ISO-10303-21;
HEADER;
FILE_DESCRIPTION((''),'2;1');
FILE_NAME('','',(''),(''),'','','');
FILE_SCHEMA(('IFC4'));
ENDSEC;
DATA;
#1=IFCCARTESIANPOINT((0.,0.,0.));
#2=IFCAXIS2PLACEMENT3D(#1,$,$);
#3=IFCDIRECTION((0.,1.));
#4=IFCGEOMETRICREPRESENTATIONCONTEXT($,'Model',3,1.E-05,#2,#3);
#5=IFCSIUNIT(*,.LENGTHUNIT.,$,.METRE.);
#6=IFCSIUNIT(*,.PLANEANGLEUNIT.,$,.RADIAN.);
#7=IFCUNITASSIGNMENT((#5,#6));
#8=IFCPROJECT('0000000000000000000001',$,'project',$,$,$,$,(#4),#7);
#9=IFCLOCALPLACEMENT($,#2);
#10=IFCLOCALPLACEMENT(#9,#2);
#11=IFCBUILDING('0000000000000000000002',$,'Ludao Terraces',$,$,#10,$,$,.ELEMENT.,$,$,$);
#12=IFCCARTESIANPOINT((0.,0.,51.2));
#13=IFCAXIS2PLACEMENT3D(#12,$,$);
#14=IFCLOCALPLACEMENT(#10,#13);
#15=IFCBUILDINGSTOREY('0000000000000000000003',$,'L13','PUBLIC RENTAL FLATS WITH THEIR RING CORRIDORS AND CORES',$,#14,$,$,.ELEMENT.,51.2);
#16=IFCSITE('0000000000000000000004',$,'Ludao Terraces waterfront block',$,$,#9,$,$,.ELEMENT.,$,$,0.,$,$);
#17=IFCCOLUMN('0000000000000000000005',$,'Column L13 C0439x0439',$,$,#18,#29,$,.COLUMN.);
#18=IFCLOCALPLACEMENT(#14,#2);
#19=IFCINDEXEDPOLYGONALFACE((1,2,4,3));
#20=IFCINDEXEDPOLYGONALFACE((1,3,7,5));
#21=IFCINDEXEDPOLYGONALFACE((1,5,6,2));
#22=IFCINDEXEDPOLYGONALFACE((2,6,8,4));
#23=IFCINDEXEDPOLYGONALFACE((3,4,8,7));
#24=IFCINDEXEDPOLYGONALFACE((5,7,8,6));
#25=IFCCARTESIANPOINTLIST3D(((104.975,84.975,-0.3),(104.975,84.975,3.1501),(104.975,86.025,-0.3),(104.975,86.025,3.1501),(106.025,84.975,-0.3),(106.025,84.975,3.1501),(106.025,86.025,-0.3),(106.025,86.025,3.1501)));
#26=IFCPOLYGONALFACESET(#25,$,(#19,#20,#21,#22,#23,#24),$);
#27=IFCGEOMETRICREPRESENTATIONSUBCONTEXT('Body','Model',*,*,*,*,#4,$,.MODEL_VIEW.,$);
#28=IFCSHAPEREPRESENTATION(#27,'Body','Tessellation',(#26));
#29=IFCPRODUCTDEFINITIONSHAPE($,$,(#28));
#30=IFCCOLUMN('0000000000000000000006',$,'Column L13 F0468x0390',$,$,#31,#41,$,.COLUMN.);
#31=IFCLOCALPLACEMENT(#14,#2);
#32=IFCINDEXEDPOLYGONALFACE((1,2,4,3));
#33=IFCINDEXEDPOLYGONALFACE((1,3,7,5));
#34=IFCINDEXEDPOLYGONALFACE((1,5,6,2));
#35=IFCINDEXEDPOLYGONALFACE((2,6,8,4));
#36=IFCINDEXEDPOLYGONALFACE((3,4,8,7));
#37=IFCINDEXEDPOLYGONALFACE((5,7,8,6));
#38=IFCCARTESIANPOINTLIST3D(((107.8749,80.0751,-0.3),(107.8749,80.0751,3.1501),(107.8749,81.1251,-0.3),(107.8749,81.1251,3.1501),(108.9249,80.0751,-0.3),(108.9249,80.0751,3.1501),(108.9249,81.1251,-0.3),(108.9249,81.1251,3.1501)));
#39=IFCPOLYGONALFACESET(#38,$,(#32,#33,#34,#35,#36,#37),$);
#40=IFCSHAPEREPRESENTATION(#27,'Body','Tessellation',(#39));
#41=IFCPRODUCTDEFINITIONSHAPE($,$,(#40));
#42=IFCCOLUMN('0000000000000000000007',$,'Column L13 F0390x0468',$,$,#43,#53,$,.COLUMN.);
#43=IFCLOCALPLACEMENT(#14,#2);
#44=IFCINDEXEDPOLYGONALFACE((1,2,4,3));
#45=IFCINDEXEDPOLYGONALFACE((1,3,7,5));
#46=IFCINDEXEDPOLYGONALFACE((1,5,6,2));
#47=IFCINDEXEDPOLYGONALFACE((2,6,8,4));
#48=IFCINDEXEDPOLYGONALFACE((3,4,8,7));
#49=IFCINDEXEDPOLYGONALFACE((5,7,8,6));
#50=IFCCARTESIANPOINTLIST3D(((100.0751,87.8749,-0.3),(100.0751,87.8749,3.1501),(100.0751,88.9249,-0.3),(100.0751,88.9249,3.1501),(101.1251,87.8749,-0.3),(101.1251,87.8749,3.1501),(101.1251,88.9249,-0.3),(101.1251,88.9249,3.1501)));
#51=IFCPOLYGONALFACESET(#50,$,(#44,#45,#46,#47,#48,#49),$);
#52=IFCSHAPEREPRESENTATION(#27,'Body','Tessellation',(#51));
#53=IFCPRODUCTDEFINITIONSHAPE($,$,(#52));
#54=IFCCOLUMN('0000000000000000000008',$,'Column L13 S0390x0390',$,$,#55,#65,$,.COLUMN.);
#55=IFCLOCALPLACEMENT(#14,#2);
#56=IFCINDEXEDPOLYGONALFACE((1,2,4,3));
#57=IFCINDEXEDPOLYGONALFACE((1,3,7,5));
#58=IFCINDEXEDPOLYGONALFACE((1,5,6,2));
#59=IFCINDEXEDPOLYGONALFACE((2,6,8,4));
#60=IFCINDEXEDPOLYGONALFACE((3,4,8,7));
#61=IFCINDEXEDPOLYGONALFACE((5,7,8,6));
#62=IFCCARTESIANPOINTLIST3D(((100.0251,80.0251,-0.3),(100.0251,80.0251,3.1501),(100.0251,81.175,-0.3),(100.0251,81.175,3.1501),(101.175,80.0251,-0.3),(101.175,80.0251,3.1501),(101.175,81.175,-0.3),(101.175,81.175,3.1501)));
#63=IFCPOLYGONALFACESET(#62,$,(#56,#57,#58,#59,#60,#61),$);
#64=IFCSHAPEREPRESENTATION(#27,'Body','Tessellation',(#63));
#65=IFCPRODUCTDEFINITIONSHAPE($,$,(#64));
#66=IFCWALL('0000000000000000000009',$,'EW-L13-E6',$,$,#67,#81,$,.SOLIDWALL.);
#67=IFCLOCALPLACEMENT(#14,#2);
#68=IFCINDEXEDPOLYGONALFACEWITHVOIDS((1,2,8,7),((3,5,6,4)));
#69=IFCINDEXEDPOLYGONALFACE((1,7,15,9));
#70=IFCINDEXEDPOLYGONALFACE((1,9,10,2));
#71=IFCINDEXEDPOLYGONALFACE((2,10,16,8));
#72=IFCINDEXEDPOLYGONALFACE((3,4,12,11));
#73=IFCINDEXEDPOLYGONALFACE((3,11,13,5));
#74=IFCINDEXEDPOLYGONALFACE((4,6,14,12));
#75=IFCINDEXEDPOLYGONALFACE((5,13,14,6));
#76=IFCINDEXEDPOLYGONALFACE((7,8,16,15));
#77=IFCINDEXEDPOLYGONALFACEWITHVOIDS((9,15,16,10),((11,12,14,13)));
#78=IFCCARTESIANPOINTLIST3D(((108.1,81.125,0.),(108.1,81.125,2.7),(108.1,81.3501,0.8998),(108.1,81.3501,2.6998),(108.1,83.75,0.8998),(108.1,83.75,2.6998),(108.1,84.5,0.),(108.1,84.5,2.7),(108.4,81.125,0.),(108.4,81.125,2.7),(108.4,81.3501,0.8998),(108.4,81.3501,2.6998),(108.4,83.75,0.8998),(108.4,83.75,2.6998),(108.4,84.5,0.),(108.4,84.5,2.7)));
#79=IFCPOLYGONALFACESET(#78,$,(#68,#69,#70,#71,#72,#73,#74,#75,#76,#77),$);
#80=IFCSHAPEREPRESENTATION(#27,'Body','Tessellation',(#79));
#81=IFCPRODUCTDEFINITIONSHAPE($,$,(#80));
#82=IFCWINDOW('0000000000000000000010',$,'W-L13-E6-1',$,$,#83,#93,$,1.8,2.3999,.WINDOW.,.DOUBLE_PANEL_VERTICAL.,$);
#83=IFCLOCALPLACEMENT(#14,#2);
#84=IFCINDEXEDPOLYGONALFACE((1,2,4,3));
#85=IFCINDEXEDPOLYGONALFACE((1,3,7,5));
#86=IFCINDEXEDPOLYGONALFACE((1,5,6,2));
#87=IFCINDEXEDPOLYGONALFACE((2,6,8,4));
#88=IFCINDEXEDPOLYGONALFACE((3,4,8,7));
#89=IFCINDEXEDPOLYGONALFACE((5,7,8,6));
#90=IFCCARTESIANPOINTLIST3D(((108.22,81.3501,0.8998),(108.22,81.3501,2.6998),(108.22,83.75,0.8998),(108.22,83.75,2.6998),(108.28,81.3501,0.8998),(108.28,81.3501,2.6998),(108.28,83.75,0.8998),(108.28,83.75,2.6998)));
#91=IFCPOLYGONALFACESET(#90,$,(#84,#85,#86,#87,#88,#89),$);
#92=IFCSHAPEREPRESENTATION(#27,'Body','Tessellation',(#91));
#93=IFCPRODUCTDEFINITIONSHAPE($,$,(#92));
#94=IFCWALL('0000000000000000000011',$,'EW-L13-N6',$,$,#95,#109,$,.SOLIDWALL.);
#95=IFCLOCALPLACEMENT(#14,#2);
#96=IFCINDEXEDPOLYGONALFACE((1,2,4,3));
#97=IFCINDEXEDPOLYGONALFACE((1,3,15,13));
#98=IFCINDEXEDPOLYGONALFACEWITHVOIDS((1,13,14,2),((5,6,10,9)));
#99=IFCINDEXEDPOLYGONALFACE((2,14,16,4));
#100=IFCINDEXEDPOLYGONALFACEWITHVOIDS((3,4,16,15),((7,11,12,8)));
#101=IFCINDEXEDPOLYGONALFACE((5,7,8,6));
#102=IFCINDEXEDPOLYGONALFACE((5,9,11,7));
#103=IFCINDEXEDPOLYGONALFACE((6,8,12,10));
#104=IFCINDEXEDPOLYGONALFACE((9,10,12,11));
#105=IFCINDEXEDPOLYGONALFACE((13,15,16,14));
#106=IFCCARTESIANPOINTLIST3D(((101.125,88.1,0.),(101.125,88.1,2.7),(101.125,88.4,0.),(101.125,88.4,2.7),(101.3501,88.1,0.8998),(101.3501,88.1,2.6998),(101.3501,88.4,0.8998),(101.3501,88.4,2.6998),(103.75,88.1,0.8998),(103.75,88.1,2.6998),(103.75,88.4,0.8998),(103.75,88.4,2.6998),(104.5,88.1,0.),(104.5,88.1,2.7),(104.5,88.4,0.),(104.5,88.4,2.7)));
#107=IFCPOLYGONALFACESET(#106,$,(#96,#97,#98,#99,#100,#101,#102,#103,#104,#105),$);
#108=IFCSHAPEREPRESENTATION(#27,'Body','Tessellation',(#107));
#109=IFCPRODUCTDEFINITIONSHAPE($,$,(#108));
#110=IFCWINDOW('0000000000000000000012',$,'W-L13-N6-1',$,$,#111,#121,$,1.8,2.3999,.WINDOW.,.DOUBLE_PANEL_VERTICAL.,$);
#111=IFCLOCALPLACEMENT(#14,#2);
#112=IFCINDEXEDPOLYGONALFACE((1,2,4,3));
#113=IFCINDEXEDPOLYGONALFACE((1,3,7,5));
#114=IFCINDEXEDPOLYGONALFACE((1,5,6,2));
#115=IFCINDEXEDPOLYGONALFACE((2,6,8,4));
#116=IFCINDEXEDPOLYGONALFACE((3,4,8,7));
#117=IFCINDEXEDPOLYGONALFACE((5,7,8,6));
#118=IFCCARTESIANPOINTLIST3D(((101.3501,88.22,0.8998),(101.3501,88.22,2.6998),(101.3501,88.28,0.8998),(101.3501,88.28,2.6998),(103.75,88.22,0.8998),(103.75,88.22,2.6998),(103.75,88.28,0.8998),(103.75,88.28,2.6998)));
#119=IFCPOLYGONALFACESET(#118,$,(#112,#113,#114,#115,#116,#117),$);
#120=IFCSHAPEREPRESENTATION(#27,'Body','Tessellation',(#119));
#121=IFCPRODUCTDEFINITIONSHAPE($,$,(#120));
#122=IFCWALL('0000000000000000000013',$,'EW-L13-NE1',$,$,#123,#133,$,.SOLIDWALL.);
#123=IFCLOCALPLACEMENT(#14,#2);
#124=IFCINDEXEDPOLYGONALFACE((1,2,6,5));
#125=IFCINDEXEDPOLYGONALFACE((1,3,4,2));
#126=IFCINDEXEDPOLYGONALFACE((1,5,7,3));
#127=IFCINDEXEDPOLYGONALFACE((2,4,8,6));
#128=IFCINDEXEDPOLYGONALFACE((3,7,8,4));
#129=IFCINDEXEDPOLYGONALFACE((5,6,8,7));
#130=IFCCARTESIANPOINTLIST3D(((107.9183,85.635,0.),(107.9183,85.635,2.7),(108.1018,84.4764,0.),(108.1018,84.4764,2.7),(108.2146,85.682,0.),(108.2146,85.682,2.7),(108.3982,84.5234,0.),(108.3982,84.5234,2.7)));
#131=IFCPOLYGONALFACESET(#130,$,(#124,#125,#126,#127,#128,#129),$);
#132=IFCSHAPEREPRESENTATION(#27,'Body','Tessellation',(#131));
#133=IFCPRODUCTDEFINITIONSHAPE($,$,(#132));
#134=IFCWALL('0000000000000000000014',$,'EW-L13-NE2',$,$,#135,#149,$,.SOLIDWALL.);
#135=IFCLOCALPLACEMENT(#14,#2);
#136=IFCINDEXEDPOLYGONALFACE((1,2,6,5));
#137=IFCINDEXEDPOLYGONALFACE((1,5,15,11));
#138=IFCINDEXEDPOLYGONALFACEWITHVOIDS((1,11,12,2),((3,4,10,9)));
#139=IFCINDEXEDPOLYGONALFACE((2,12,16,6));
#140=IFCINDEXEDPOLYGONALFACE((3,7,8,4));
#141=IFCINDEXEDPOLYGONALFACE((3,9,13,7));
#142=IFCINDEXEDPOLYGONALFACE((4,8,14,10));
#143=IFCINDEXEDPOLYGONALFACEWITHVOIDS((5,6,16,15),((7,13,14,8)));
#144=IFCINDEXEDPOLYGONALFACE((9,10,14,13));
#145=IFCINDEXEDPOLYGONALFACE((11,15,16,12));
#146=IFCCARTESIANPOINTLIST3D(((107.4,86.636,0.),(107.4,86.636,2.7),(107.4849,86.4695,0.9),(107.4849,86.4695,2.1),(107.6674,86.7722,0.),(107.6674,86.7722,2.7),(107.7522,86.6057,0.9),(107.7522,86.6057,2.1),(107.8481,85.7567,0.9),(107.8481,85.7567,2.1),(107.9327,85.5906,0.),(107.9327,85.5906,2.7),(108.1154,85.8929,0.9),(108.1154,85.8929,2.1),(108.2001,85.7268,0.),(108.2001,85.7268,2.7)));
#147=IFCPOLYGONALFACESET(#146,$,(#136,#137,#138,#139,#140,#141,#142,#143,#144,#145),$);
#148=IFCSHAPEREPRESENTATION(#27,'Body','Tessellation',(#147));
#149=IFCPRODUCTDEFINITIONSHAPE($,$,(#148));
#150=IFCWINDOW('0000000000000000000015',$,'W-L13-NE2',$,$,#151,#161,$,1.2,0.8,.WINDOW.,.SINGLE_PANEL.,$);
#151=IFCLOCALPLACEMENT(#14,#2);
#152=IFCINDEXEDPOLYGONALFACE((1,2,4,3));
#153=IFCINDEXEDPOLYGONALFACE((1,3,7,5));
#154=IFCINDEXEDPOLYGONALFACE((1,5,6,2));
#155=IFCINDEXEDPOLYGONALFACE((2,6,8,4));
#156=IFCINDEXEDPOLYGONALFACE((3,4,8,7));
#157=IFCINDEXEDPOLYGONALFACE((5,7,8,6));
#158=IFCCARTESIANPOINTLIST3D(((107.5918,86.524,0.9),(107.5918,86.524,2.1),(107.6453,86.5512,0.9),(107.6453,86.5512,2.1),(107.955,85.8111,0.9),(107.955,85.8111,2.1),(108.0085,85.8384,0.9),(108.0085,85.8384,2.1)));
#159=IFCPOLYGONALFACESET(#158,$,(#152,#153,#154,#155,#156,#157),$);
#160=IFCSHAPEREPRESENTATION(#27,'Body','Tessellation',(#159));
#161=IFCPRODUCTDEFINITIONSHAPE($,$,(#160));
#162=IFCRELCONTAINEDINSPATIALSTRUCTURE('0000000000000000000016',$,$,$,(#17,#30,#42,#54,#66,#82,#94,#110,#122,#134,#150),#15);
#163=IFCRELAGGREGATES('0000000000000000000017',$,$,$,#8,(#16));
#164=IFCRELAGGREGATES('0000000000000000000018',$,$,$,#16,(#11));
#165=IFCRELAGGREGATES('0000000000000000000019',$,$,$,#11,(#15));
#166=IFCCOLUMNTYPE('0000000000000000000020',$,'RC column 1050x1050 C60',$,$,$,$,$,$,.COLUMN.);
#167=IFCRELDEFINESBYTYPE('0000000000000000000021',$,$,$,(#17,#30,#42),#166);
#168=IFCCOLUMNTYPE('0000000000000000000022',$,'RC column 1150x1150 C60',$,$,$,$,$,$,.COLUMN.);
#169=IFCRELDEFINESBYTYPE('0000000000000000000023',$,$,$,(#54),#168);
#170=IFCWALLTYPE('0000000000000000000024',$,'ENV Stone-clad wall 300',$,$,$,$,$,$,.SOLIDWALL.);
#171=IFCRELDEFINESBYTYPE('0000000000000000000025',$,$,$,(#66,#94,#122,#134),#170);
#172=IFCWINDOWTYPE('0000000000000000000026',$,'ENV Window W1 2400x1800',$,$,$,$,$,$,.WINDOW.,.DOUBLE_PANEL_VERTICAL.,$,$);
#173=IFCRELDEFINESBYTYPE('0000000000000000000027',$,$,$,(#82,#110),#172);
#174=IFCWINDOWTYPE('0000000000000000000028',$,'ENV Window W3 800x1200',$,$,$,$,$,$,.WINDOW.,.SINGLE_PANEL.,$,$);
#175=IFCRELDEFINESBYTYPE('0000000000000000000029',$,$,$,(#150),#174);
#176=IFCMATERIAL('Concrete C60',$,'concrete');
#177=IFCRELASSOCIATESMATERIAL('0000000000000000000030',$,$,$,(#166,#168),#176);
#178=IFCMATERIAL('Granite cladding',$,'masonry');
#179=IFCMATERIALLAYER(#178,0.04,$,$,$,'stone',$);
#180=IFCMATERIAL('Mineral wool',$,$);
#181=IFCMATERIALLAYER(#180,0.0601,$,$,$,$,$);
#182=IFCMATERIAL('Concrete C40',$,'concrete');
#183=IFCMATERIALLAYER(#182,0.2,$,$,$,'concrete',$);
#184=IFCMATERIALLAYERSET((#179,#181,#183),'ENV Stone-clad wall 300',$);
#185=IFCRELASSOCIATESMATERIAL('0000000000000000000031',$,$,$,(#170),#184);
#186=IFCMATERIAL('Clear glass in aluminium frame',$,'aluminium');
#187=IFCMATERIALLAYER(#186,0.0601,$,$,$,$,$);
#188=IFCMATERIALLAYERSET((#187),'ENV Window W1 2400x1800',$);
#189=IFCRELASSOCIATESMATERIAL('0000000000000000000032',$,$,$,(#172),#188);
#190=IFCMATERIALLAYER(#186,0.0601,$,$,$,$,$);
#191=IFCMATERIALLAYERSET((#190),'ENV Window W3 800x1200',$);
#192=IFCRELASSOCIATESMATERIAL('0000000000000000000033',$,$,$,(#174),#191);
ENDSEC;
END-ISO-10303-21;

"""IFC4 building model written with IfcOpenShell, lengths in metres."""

from ifc_helpers import new_model, si_unit, direction, frame, frame_2d, origin, origin_2d, place, context, subcontext, project, spatial, rectangle, extrude, material, layer, layer_set, material_profile, profile_set, type_object, element, fill, save


model = new_model("IFC4")

# Units and contexts
model_context = context("Model", 3, precision=1e-05, world=origin(), true_north=direction((0.0, 1.0)))
body_context = subcontext(model_context, "Body", "Model", "MODEL_VIEW")
ifc_project = project(units=[si_unit("LENGTHUNIT", "METRE"), si_unit("PLANEANGLEUNIT", "RADIAN")], contexts=[model_context])

# Site, building, storey
site_placement = place(None, origin())
site = spatial("IfcSite", under=ifc_project, at=site_placement, Name="Ludao Terraces waterfront block", CompositionType="ELEMENT", RefElevation=0.0)
building_placement = place(site_placement, origin())
building = spatial("IfcBuilding", under=site, at=building_placement, Name="Ludao Terraces", CompositionType="ELEMENT")
storey_placement = place(building_placement, frame((0.0, 0.0, 51.2)))
storey = spatial("IfcBuildingStorey", under=building, at=storey_placement, Name="L13", Description="PUBLIC RENTAL FLATS WITH THEIR RING CORRIDORS AND CORES", CompositionType="ELEMENT", Elevation=51.2)

# Columns
ifc_material_1 = material(Name="Concrete C60", Category="concrete")
ifc_material_profile_1 = material_profile(ifc_material_1, rectangle(XDim=1.05, YDim=1.05, at=origin_2d()), Name="1050 X 1050")
ifc_profile_set_1 = profile_set([ifc_material_profile_1], Name="Concrete C60")
column_type_1 = type_object("IfcColumnType", Name="RC column 1050x1050 C60", PredefinedType="COLUMN", material=ifc_profile_set_1)
for number, where, z_axis, x_axis, name in (
    (1, (105.5, 85.5, -0.3), (0.0, 0.0, 1.0), (1.0, 0.0, 0.0), "Column L13 C0439x0439"),
    (2, (108.3999, 80.6001, -0.3), (0.0, 0.0, 1.0), (1.0, 0.0, 0.0), "Column L13 F0468x0390"),
    (3, (100.6001, 88.3999, -0.3), (0.0, 0.0, 1.0), (1.0, 0.0, 0.0), "Column L13 F0390x0468"),
):
    element("IfcColumn", number, at=place(storey_placement, frame(where, z_axis=z_axis, x_axis=x_axis)), inside=storey, type_object=column_type_1, Name=name, PredefinedType="COLUMN", context=body_context, shape_type="SweptSolid", body=[
        extrude(rectangle(XDim=1.05, YDim=1.05, at=origin_2d()), origin(), (0.0, 0.0, 1.0), 3.4502),
    ])
ifc_material_profile_2 = material_profile(ifc_material_1, rectangle(XDim=1.1499, YDim=1.1499, at=origin_2d()), Name="1150 X 1150")
ifc_profile_set_2 = profile_set([ifc_material_profile_2], Name="Concrete C60")
column_type_2 = type_object("IfcColumnType", Name="RC column 1150x1150 C60", PredefinedType="COLUMN", material=ifc_profile_set_2)
column_placement = place(storey_placement, frame((100.6001, 80.6001, -0.3), z_axis=(0.0, 0.0, 1.0), x_axis=(1.0, 0.0, 0.0)))
element("IfcColumn", 4, at=column_placement, inside=storey, type_object=column_type_2, Name="Column L13 S0390x0390", PredefinedType="COLUMN", context=body_context, shape_type="SweptSolid", body=[
    extrude(rectangle(XDim=1.1499, YDim=1.1499, at=origin_2d()), origin(), (0.0, 0.0, 1.0), 3.4502),
])

# Walls, openings, windows
ifc_material_2 = material(Name="Granite cladding", Category="masonry")
ifc_layer_1 = layer(ifc_material_2, 0.04, Category="stone")
ifc_material_3 = material(Name="Mineral wool")
ifc_layer_2 = layer(ifc_material_3, 0.0601)
ifc_material_4 = material(Name="Concrete C40", Category="concrete")
ifc_layer_3 = layer(ifc_material_4, 0.2, Category="concrete")
ifc_layer_set_1 = layer_set([ifc_layer_1, ifc_layer_2, ifc_layer_3], Name="ENV Stone-clad wall 300")
wall_type_1 = type_object("IfcWallType", Name="ENV Stone-clad wall 300", PredefinedType="SOLIDWALL", material=ifc_layer_set_1)
wall_1_placement = place(storey_placement, frame((108.25, 81.125, 0.0), z_axis=(0.0, 0.0, 1.0), x_axis=(0.0, 1.0, 0.0)))
wall_1 = element("IfcWall", 5, at=wall_1_placement, inside=storey, type_object=wall_type_1, Name="EW-L13-E6", PredefinedType="SOLIDWALL", context=body_context, shape_type="SweptSolid", body=[
    extrude(rectangle(XDim=3.375, YDim=0.3, at=frame_2d((1.6875, 0.0))), origin(), (0.0, 0.0, 1.0), 2.7),
])
opening_1_placement = place(wall_1_placement, frame((0.2251, 0.0, 0.8999)))
opening_1 = element("IfcOpeningElement", 6, at=opening_1_placement, cuts=wall_1, PredefinedType="OPENING", context=body_context, shape_type="SweptSolid", body=[
    extrude(rectangle(XDim=2.3999, YDim=1.8, at=frame_2d((1.2, 0.8999))), frame((0.0, 0.1602, 0.0), z_axis=(0.0, -1.0, 0.0), x_axis=(1.0, 0.0, 0.0)), (0.0, 0.0, 1.0), 0.3201),
])
ifc_material_5 = material(Name="Clear glass in aluminium frame", Category="aluminium")
ifc_layer_4 = layer(ifc_material_5, 0.0601)
ifc_layer_set_2 = layer_set([ifc_layer_4], Name="ENV Window W1 2400x1800")
window_type_1 = type_object("IfcWindowType", Name="ENV Window W1 2400x1800", PartitioningType="DOUBLE_PANEL_VERTICAL", PredefinedType="WINDOW", material=ifc_layer_set_2)
window_1_placement = place(opening_1_placement, origin())
window_1 = element("IfcWindow", 7, at=window_1_placement, inside=storey, type_object=window_type_1, Name="W-L13-E6-1", OverallHeight=1.8, OverallWidth=2.3999, PartitioningType="DOUBLE_PANEL_VERTICAL", PredefinedType="WINDOW", context=body_context, shape_type="SweptSolid", body=[
    extrude(rectangle(XDim=2.3999, YDim=1.8, at=frame_2d((1.2, 0.8999))), frame((0.0, 0.03, 0.0), z_axis=(0.0, -1.0, 0.0), x_axis=(1.0, 0.0, 0.0)), (0.0, 0.0, 1.0), 0.0601),
])
fill(opening_1, window_1)
wall_2_placement = place(storey_placement, frame((101.125, 88.25, 0.0), z_axis=(0.0, 0.0, 1.0), x_axis=(1.0, 0.0, 0.0)))
wall_2 = element("IfcWall", 8, at=wall_2_placement, inside=storey, type_object=wall_type_1, Name="EW-L13-N6", PredefinedType="SOLIDWALL", context=body_context, shape_type="SweptSolid", body=[
    extrude(rectangle(XDim=3.375, YDim=0.3, at=frame_2d((1.6875, 0.0))), origin(), (0.0, 0.0, 1.0), 2.7),
])
opening_2_placement = place(wall_2_placement, frame((0.2251, 0.0, 0.8999)))
opening_2 = element("IfcOpeningElement", 9, at=opening_2_placement, cuts=wall_2, PredefinedType="OPENING", context=body_context, shape_type="SweptSolid", body=[
    extrude(rectangle(XDim=2.3999, YDim=1.8, at=frame_2d((1.2, 0.8999))), frame((0.0, 0.1602, 0.0), z_axis=(0.0, -1.0, 0.0), x_axis=(1.0, 0.0, 0.0)), (0.0, 0.0, 1.0), 0.3201),
])
window_2_placement = place(opening_2_placement, origin())
window_2 = element("IfcWindow", 10, at=window_2_placement, inside=storey, type_object=window_type_1, Name="W-L13-N6-1", OverallHeight=1.8, OverallWidth=2.3999, PartitioningType="DOUBLE_PANEL_VERTICAL", PredefinedType="WINDOW", context=body_context, shape_type="SweptSolid", body=[
    extrude(rectangle(XDim=2.3999, YDim=1.8, at=frame_2d((1.2, 0.8999))), frame((0.0, 0.03, 0.0), z_axis=(0.0, -1.0, 0.0), x_axis=(1.0, 0.0, 0.0)), (0.0, 0.0, 1.0), 0.0601),
])
fill(opening_2, window_2)

# Wall
wall_3_placement = place(storey_placement, frame((108.25, 84.5, 0.0), z_axis=(0.0, 0.0, 1.0), x_axis=(-0.156497, 0.987678, 0.0)))
element("IfcWall", 11, at=wall_3_placement, inside=storey, type_object=wall_type_1, Name="EW-L13-NE1", PredefinedType="SOLIDWALL", context=body_context, shape_type="SweptSolid", body=[
    extrude(rectangle(XDim=1.1731, YDim=0.3, at=frame_2d((0.5864, 0.0))), origin(), (0.0, 0.0, 1.0), 2.7),
])

# Wall, opening, window
wall_4_placement = place(storey_placement, frame((108.0664, 85.6587, 0.0), z_axis=(0.0, 0.0, 1.0), x_axis=(-0.454026, 0.890989, 0.0)))
wall_4 = element("IfcWall", 12, at=wall_4_placement, inside=storey, type_object=wall_type_1, Name="EW-L13-NE2", PredefinedType="SOLIDWALL", context=body_context, shape_type="SweptSolid", body=[
    extrude(rectangle(XDim=1.1733, YDim=0.3, at=frame_2d((0.5867, 0.0))), origin(), (0.0, 0.0, 1.0), 2.7),
])
opening_3_placement = place(wall_4_placement, frame((0.1865, 0.0, 0.8999)))
opening_3 = element("IfcOpeningElement", 13, at=opening_3_placement, cuts=wall_4, PredefinedType="OPENING", context=body_context, shape_type="SweptSolid", body=[
    extrude(rectangle(XDim=0.8, YDim=1.2, at=frame_2d((0.3999, 0.6001))), frame((0.0, 0.1602, 0.0), z_axis=(0.0, -1.0, 0.0), x_axis=(1.0, 0.0, 0.0)), (0.0, 0.0, 1.0), 0.3201),
])
ifc_layer_5 = layer(ifc_material_5, 0.0601)
ifc_layer_set_3 = layer_set([ifc_layer_5], Name="ENV Window W3 800x1200")
window_type_2 = type_object("IfcWindowType", Name="ENV Window W3 800x1200", PartitioningType="SINGLE_PANEL", PredefinedType="WINDOW", material=ifc_layer_set_3)
window_3_placement = place(opening_3_placement, origin())
window_3 = element("IfcWindow", 14, at=window_3_placement, inside=storey, type_object=window_type_2, Name="W-L13-NE2", OverallHeight=1.2, OverallWidth=0.8, PartitioningType="SINGLE_PANEL", PredefinedType="WINDOW", context=body_context, shape_type="SweptSolid", body=[
    extrude(rectangle(XDim=0.8, YDim=1.2, at=frame_2d((0.3999, 0.6001))), frame((0.0, 0.03, 0.0), z_axis=(0.0, -1.0, 0.0), x_axis=(1.0, 0.0, 0.0)), (0.0, 0.0, 1.0), 0.0601),
])
fill(opening_3, window_3)

save(model, "model.ifc")
